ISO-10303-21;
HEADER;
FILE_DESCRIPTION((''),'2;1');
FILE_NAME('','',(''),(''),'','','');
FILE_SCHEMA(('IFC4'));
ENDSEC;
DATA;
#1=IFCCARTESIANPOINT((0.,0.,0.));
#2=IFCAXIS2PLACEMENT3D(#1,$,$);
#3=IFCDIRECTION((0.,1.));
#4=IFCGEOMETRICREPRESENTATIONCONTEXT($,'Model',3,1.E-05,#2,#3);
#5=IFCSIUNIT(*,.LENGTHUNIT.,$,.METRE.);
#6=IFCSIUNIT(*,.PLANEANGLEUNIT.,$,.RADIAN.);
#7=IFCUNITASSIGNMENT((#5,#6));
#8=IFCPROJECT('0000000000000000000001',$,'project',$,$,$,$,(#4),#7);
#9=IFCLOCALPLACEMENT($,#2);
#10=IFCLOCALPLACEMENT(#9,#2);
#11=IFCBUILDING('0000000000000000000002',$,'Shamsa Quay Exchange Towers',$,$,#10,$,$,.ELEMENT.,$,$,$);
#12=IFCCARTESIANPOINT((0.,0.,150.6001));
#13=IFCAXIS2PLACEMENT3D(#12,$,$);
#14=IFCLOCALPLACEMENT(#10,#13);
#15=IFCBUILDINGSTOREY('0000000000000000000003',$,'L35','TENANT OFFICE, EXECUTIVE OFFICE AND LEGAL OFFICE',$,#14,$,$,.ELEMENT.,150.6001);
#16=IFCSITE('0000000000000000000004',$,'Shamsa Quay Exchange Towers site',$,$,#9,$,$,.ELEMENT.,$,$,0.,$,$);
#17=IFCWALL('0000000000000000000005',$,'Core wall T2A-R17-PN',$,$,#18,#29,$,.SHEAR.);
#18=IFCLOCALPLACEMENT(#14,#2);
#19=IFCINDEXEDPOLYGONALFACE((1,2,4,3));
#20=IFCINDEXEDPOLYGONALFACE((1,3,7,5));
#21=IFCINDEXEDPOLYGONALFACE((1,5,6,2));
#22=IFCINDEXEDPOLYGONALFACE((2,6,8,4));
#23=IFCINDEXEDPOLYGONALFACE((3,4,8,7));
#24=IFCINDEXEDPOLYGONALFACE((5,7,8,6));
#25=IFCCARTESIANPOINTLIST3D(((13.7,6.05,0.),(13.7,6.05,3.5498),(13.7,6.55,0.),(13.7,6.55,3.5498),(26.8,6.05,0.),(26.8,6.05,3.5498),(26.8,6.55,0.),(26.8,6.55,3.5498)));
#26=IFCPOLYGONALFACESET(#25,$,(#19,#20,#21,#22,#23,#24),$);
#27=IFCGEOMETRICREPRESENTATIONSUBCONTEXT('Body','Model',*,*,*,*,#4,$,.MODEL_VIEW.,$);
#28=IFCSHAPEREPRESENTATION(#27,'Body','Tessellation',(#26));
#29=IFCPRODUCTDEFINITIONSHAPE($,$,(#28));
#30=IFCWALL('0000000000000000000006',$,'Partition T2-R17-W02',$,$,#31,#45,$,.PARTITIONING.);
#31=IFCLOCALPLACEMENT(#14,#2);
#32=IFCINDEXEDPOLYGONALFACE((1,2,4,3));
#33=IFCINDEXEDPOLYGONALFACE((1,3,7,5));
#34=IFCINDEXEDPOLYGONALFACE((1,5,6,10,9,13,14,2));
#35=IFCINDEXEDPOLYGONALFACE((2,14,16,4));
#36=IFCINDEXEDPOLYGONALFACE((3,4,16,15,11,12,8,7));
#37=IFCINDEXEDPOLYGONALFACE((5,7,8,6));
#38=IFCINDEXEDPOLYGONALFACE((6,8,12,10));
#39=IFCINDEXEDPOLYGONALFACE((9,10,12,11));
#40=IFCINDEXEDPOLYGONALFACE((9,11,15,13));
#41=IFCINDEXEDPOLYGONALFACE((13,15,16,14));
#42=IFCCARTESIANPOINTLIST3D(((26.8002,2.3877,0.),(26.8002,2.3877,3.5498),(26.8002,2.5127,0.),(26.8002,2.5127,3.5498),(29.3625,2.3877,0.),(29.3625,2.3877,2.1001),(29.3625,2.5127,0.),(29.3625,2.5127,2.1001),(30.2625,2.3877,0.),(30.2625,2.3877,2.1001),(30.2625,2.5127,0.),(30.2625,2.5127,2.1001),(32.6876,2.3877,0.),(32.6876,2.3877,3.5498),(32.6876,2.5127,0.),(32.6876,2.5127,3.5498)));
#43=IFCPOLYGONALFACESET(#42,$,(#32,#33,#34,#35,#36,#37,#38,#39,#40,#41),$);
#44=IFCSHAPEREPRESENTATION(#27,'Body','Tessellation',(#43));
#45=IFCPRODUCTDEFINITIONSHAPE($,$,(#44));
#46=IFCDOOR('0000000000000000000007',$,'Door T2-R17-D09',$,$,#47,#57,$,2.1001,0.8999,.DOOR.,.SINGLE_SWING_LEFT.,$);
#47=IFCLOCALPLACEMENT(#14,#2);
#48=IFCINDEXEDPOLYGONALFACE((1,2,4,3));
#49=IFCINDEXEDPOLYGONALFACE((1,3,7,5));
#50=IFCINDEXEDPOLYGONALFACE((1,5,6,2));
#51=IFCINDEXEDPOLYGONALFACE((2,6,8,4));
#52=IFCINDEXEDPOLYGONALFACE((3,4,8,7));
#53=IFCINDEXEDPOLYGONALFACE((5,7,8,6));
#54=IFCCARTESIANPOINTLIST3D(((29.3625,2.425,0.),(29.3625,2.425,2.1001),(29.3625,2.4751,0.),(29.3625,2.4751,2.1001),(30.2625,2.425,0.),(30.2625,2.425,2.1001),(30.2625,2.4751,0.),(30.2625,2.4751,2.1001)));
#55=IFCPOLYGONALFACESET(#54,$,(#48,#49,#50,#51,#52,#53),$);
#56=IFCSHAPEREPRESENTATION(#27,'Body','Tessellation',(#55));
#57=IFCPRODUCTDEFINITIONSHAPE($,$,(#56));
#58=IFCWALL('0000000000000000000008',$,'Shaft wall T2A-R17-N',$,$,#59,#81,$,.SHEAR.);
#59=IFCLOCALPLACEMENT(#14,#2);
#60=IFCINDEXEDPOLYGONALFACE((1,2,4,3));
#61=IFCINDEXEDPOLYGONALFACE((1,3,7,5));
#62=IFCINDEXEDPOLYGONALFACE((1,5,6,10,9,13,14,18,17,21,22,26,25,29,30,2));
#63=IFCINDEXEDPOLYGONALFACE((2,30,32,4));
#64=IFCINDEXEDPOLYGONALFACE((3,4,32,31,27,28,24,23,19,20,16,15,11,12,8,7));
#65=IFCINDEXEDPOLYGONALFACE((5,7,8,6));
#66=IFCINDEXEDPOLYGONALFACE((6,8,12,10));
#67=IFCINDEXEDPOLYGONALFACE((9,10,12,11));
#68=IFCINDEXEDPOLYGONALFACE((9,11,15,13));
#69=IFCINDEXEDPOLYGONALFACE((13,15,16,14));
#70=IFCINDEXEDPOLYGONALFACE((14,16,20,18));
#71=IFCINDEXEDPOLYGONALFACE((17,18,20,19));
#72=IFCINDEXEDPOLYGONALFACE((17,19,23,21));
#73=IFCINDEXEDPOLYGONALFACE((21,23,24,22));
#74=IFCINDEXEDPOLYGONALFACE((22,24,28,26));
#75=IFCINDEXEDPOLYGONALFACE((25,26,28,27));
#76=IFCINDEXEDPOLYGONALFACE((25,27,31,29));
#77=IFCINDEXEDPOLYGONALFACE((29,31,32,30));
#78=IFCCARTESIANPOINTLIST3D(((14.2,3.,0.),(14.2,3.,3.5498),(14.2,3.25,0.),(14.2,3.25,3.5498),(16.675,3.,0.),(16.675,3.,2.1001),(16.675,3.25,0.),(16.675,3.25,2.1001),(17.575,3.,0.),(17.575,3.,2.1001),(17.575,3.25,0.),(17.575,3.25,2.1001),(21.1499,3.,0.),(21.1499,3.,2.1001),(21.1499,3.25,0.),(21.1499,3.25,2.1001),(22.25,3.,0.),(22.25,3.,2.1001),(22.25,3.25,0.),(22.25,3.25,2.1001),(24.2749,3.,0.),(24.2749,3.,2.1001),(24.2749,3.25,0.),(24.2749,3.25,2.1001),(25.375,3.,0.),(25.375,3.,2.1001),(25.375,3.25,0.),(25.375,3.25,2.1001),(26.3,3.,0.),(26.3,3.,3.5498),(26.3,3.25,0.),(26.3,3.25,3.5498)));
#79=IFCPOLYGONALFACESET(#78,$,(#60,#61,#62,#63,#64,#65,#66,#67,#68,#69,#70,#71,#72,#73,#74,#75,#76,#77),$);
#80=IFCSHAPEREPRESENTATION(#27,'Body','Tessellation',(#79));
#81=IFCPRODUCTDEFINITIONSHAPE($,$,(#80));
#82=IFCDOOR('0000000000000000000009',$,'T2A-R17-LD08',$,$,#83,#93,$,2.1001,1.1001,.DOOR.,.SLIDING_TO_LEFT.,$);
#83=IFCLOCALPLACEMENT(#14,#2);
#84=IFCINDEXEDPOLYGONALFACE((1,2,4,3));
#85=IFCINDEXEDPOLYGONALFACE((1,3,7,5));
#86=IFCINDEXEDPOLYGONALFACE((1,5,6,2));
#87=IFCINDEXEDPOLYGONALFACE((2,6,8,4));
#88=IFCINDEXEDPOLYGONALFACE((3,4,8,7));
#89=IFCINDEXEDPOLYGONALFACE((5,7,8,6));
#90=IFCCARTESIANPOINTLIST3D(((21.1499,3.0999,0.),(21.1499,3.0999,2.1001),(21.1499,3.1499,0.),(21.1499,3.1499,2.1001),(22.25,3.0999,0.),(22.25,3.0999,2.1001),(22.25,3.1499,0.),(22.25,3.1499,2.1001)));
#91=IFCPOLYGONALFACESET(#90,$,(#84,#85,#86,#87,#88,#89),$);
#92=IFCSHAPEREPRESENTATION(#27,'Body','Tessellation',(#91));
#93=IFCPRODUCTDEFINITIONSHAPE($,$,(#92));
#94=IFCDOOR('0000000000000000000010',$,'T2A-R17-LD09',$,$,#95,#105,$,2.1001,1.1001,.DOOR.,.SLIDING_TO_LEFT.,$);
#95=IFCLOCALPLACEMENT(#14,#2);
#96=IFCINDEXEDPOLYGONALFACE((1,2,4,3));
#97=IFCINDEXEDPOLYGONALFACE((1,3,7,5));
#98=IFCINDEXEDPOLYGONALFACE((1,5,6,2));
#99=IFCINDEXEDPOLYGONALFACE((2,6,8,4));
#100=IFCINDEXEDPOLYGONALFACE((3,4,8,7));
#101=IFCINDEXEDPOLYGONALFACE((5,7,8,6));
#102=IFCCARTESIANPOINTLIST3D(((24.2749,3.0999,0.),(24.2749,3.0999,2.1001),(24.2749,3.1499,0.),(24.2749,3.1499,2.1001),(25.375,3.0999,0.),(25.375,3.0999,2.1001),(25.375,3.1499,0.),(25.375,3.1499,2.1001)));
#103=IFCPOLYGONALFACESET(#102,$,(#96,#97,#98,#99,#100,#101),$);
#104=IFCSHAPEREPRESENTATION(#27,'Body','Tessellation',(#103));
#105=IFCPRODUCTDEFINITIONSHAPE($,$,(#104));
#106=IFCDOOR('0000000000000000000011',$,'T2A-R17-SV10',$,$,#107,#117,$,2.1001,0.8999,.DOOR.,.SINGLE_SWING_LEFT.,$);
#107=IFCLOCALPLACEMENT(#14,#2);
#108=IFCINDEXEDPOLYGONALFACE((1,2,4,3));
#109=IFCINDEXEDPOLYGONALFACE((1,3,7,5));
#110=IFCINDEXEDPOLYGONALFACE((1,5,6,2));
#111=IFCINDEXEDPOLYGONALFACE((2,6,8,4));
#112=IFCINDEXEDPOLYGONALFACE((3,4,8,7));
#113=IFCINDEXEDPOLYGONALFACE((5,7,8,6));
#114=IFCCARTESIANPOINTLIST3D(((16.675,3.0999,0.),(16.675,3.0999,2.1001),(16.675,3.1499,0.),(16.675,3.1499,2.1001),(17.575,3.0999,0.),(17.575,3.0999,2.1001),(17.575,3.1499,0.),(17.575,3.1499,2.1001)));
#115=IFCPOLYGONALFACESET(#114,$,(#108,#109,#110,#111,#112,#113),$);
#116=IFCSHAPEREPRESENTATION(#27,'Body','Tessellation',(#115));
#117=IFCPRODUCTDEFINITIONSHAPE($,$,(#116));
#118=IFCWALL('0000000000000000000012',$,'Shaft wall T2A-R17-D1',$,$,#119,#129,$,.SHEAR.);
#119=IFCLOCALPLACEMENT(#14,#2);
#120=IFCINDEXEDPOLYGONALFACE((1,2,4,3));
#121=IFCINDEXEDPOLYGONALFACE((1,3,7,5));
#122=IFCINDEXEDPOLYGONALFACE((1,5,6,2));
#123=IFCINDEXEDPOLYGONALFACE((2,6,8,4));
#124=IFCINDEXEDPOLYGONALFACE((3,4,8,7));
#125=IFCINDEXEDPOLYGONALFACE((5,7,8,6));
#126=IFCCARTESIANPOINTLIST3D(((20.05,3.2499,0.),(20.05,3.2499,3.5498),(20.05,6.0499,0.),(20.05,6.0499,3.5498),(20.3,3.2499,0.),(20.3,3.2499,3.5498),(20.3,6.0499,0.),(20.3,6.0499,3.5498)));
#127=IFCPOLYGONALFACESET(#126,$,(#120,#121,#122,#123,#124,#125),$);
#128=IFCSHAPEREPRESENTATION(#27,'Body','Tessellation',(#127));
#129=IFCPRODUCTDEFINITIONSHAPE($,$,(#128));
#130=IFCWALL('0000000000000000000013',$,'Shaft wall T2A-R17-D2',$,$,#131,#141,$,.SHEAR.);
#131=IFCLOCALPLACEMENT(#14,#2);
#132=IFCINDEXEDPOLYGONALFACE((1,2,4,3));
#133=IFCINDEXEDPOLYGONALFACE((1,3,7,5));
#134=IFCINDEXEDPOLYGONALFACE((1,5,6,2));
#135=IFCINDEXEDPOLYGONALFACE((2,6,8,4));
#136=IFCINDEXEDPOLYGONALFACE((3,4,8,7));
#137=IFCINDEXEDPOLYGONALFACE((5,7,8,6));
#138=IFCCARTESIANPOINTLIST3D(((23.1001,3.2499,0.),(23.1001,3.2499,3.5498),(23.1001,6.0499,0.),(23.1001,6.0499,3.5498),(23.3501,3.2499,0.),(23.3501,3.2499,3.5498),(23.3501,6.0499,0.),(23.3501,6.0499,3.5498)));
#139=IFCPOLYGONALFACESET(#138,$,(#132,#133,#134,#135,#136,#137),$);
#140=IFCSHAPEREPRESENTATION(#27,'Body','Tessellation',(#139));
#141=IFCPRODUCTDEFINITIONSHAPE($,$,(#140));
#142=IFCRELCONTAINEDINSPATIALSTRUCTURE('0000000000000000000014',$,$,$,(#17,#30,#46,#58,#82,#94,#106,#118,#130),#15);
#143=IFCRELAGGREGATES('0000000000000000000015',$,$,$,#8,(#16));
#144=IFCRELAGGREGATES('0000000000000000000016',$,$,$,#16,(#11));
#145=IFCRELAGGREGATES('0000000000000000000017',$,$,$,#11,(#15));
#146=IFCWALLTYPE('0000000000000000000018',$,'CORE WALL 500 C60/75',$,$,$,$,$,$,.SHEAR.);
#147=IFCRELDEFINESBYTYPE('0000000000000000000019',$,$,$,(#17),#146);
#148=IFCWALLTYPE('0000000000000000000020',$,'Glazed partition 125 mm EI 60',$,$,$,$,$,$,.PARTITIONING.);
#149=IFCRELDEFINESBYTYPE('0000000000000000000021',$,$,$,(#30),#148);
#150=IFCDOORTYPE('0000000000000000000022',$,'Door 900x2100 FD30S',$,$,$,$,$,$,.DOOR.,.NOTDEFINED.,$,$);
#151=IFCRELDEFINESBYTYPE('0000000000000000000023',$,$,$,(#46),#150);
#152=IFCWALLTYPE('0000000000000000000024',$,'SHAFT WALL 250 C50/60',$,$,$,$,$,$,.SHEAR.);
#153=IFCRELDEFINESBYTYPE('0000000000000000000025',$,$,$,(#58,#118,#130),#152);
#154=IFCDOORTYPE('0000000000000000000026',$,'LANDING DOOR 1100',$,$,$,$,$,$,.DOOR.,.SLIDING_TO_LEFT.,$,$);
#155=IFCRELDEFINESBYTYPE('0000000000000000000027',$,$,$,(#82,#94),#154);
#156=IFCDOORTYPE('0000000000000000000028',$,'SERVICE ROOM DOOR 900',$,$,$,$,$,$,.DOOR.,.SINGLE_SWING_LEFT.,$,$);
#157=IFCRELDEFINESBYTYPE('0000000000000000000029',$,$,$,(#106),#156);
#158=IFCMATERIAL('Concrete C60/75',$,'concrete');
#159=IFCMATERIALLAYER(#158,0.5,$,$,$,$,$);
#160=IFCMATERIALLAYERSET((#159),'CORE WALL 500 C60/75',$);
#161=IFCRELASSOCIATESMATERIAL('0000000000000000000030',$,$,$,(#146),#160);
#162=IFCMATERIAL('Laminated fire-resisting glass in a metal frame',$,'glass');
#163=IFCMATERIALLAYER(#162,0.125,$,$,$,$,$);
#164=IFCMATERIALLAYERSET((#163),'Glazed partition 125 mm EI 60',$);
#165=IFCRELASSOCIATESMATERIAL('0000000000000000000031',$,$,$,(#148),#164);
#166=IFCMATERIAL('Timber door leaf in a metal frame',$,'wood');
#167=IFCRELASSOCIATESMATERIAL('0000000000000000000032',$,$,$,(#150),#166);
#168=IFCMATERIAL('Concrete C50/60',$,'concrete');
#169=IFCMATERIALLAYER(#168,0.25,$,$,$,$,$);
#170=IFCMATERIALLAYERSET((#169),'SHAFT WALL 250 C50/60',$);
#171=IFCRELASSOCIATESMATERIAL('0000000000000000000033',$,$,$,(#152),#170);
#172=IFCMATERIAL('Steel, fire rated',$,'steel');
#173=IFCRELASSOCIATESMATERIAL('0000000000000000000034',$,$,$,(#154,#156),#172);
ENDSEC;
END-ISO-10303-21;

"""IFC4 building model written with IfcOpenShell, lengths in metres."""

from ifc_helpers import new_model, si_unit, direction, frame, frame_2d, origin, place, context, subcontext, project, spatial, rectangle, extrude, material, layer, layer_set, type_object, element, fill, save


model = new_model("IFC4")

# Units and contexts
model_context = context("Model", 3, precision=1e-05, world=origin(), true_north=direction((0.0, 1.0)))
body_context = subcontext(model_context, "Body", "Model", "MODEL_VIEW")
ifc_project = project(units=[si_unit("LENGTHUNIT", "METRE"), si_unit("PLANEANGLEUNIT", "RADIAN")], contexts=[model_context])

# Site, building, storey
site_placement = place(None, origin())
site = spatial("IfcSite", under=ifc_project, at=site_placement, Name="Shamsa Quay Exchange Towers site", CompositionType="ELEMENT", RefElevation=0.0)
building_placement = place(site_placement, origin())
building = spatial("IfcBuilding", under=site, at=building_placement, Name="Shamsa Quay Exchange Towers", CompositionType="ELEMENT")
storey_placement = place(building_placement, frame((0.0, 0.0, 150.6001)))
storey = spatial("IfcBuildingStorey", under=building, at=storey_placement, Name="L35", Description="TENANT OFFICE, EXECUTIVE OFFICE AND LEGAL OFFICE", CompositionType="ELEMENT", Elevation=150.6001)

# Wall
ifc_material_1 = material(Name="Concrete C60/75", Category="concrete")
ifc_layer_1 = layer(ifc_material_1, 0.5)
ifc_layer_set_1 = layer_set([ifc_layer_1], Name="CORE WALL 500 C60/75")
wall_type_1 = type_object("IfcWallType", Name="CORE WALL 500 C60/75", PredefinedType="SHEAR", material=ifc_layer_set_1)
wall_1_placement = place(storey_placement, frame((13.7, 6.3, 0.0)))
element("IfcWall", 1, at=wall_1_placement, inside=storey, type_object=wall_type_1, Name="Core wall T2A-R17-PN", PredefinedType="SHEAR", context=body_context, shape_type="SweptSolid", body=[
    extrude(rectangle(XDim=13.1001, YDim=0.5, at=frame_2d((6.55, 0.0))), origin(), (0.0, 0.0, 1.0), 3.5498),
])

# Shared definitions
ifc_material_2 = material(Name="Steel, fire rated", Category="steel")

# Wall, opening, door
ifc_material_3 = material(Name="Laminated fire-resisting glass in a metal frame", Category="glass")
ifc_layer_2 = layer(ifc_material_3, 0.125)
ifc_layer_set_2 = layer_set([ifc_layer_2], Name="Glazed partition 125 mm EI 60")
wall_type_2 = type_object("IfcWallType", Name="Glazed partition 125 mm EI 60", PredefinedType="PARTITIONING", material=ifc_layer_set_2)
wall_2_placement = place(storey_placement, frame((26.8, 2.4502, 0.0)))
wall_2 = element("IfcWall", 2, at=wall_2_placement, inside=storey, type_object=wall_type_2, Name="Partition T2-R17-W02", PredefinedType="PARTITIONING", context=body_context, shape_type="SweptSolid", body=[
    extrude(rectangle(XDim=5.8875, YDim=0.125, at=frame_2d((2.9438, 0.0))), origin(), (0.0, 0.0, 1.0), 3.5498),
])
opening_1_placement = place(wall_2_placement, frame((2.5625, 0.0, 0.0)))
opening_1 = element("IfcOpeningElement", 3, at=opening_1_placement, cuts=wall_2, PredefinedType="OPENING", context=body_context, shape_type="SweptSolid", body=[
    extrude(rectangle(XDim=0.8999, YDim=2.1001, at=frame_2d((0.45, 1.05))), frame((0.0, 0.0725, 0.0), z_axis=(0.0, -1.0, 0.0), x_axis=(1.0, 0.0, 0.0)), (0.0, 0.0, 1.0), 0.145),
])
ifc_material_4 = material(Name="Timber door leaf in a metal frame", Category="wood")
door_type_1 = type_object("IfcDoorType", Name="Door 900x2100 FD30S", OperationType="NOTDEFINED", PredefinedType="DOOR", material=ifc_material_4)
door_1_placement = place(opening_1_placement, origin())
door_1 = element("IfcDoor", 4, at=door_1_placement, inside=storey, type_object=door_type_1, Name="Door T2-R17-D09", OperationType="SINGLE_SWING_LEFT", OverallHeight=2.1001, OverallWidth=0.8999, PredefinedType="DOOR", context=body_context, shape_type="SweptSolid", body=[
    extrude(rectangle(XDim=0.8999, YDim=2.1001, at=frame_2d((0.45, 1.05))), frame((0.0, 0.0249, 0.0), z_axis=(0.0, -1.0, 0.0), x_axis=(1.0, 0.0, 0.0)), (0.0, 0.0, 1.0), 0.05),
])
fill(opening_1, door_1)

# Wall, openings, doors
ifc_material_5 = material(Name="Concrete C50/60", Category="concrete")
ifc_layer_3 = layer(ifc_material_5, 0.25)
ifc_layer_set_3 = layer_set([ifc_layer_3], Name="SHAFT WALL 250 C50/60")
wall_type_3 = type_object("IfcWallType", Name="SHAFT WALL 250 C50/60", PredefinedType="SHEAR", material=ifc_layer_set_3)
wall_3_placement = place(storey_placement, frame((14.2, 3.125, 0.0)))
wall_3 = element("IfcWall", 5, at=wall_3_placement, inside=storey, type_object=wall_type_3, Name="Shaft wall T2A-R17-N", PredefinedType="SHEAR", context=body_context, shape_type="SweptSolid", body=[
    extrude(rectangle(XDim=12.1001, YDim=0.25, at=frame_2d((6.05, 0.0))), origin(), (0.0, 0.0, 1.0), 3.5498),
])
opening_2_placement = place(wall_3_placement, frame((6.95, 0.0, 0.0)))
opening_2 = element("IfcOpeningElement", 6, at=opening_2_placement, cuts=wall_3, PredefinedType="OPENING", context=body_context, shape_type="SweptSolid", body=[
    extrude(rectangle(XDim=1.1001, YDim=2.1001, at=frame_2d((0.55, 1.05))), frame((0.0, 0.135, 0.0), z_axis=(0.0, -1.0, 0.0), x_axis=(1.0, 0.0, 0.0)), (0.0, 0.0, 1.0), 0.27),
])
opening_3_placement = place(wall_3_placement, frame((10.075, 0.0, 0.0)))
opening_3 = element("IfcOpeningElement", 7, at=opening_3_placement, cuts=wall_3, PredefinedType="OPENING", context=body_context, shape_type="SweptSolid", body=[
    extrude(rectangle(XDim=1.1001, YDim=2.1001, at=frame_2d((0.55, 1.05))), frame((0.0, 0.135, 0.0), z_axis=(0.0, -1.0, 0.0), x_axis=(1.0, 0.0, 0.0)), (0.0, 0.0, 1.0), 0.27),
])
opening_4_placement = place(wall_3_placement, frame((2.4751, 0.0, 0.0)))
opening_4 = element("IfcOpeningElement", 8, at=opening_4_placement, cuts=wall_3, PredefinedType="OPENING", context=body_context, shape_type="SweptSolid", body=[
    extrude(rectangle(XDim=0.8999, YDim=2.1001, at=frame_2d((0.45, 1.05))), frame((0.0, 0.135, 0.0), z_axis=(0.0, -1.0, 0.0), x_axis=(1.0, 0.0, 0.0)), (0.0, 0.0, 1.0), 0.27),
])
door_type_2 = type_object("IfcDoorType", Name="LANDING DOOR 1100", OperationType="SLIDING_TO_LEFT", PredefinedType="DOOR", material=ifc_material_2)
door_2_placement = place(opening_2_placement, origin())
door_2 = element("IfcDoor", 9, at=door_2_placement, inside=storey, type_object=door_type_2, Name="T2A-R17-LD08", OperationType="SLIDING_TO_LEFT", OverallHeight=2.1001, OverallWidth=1.1001, PredefinedType="DOOR", context=body_context, shape_type="SweptSolid", body=[
    extrude(rectangle(XDim=1.1001, YDim=2.1001, at=frame_2d((0.55, 1.05))), frame((0.0, 0.0249, 0.0), z_axis=(0.0, -1.0, 0.0), x_axis=(1.0, 0.0, 0.0)), (0.0, 0.0, 1.0), 0.05),
])
fill(opening_2, door_2)
door_3_placement = place(opening_3_placement, origin())
door_3 = element("IfcDoor", 10, at=door_3_placement, inside=storey, type_object=door_type_2, Name="T2A-R17-LD09", OperationType="SLIDING_TO_LEFT", OverallHeight=2.1001, OverallWidth=1.1001, PredefinedType="DOOR", context=body_context, shape_type="SweptSolid", body=[
    extrude(rectangle(XDim=1.1001, YDim=2.1001, at=frame_2d((0.55, 1.05))), frame((0.0, 0.0249, 0.0), z_axis=(0.0, -1.0, 0.0), x_axis=(1.0, 0.0, 0.0)), (0.0, 0.0, 1.0), 0.05),
])
fill(opening_3, door_3)
door_type_3 = type_object("IfcDoorType", Name="SERVICE ROOM DOOR 900", OperationType="SINGLE_SWING_LEFT", PredefinedType="DOOR", material=ifc_material_2)
door_4_placement = place(opening_4_placement, origin())
door_4 = element("IfcDoor", 11, at=door_4_placement, inside=storey, type_object=door_type_3, Name="T2A-R17-SV10", OperationType="SINGLE_SWING_LEFT", OverallHeight=2.1001, OverallWidth=0.8999, PredefinedType="DOOR", context=body_context, shape_type="SweptSolid", body=[
    extrude(rectangle(XDim=0.8999, YDim=2.1001, at=frame_2d((0.45, 1.05))), frame((0.0, 0.0249, 0.0), z_axis=(0.0, -1.0, 0.0), x_axis=(1.0, 0.0, 0.0)), (0.0, 0.0, 1.0), 0.05),
])
fill(opening_4, door_4)

# Walls
for number, where, z_axis, x_axis, name in (
    (12, (20.175, 3.25, 0.0), (0.0, 0.0, 1.0), (0.0, 1.0, 0.0), "Shaft wall T2A-R17-D1"),
    (13, (23.2251, 3.25, 0.0), (0.0, 0.0, 1.0), (0.0, 1.0, 0.0), "Shaft wall T2A-R17-D2"),
):
    element("IfcWall", number, at=place(storey_placement, frame(where, z_axis=z_axis, x_axis=x_axis)), inside=storey, type_object=wall_type_3, Name=name, PredefinedType="SHEAR", context=body_context, shape_type="SweptSolid", body=[
        extrude(rectangle(XDim=2.8, YDim=0.25, at=frame_2d((1.3999, 0.0))), origin(), (0.0, 0.0, 1.0), 3.5498),
    ])

save(model, "model.ifc")
